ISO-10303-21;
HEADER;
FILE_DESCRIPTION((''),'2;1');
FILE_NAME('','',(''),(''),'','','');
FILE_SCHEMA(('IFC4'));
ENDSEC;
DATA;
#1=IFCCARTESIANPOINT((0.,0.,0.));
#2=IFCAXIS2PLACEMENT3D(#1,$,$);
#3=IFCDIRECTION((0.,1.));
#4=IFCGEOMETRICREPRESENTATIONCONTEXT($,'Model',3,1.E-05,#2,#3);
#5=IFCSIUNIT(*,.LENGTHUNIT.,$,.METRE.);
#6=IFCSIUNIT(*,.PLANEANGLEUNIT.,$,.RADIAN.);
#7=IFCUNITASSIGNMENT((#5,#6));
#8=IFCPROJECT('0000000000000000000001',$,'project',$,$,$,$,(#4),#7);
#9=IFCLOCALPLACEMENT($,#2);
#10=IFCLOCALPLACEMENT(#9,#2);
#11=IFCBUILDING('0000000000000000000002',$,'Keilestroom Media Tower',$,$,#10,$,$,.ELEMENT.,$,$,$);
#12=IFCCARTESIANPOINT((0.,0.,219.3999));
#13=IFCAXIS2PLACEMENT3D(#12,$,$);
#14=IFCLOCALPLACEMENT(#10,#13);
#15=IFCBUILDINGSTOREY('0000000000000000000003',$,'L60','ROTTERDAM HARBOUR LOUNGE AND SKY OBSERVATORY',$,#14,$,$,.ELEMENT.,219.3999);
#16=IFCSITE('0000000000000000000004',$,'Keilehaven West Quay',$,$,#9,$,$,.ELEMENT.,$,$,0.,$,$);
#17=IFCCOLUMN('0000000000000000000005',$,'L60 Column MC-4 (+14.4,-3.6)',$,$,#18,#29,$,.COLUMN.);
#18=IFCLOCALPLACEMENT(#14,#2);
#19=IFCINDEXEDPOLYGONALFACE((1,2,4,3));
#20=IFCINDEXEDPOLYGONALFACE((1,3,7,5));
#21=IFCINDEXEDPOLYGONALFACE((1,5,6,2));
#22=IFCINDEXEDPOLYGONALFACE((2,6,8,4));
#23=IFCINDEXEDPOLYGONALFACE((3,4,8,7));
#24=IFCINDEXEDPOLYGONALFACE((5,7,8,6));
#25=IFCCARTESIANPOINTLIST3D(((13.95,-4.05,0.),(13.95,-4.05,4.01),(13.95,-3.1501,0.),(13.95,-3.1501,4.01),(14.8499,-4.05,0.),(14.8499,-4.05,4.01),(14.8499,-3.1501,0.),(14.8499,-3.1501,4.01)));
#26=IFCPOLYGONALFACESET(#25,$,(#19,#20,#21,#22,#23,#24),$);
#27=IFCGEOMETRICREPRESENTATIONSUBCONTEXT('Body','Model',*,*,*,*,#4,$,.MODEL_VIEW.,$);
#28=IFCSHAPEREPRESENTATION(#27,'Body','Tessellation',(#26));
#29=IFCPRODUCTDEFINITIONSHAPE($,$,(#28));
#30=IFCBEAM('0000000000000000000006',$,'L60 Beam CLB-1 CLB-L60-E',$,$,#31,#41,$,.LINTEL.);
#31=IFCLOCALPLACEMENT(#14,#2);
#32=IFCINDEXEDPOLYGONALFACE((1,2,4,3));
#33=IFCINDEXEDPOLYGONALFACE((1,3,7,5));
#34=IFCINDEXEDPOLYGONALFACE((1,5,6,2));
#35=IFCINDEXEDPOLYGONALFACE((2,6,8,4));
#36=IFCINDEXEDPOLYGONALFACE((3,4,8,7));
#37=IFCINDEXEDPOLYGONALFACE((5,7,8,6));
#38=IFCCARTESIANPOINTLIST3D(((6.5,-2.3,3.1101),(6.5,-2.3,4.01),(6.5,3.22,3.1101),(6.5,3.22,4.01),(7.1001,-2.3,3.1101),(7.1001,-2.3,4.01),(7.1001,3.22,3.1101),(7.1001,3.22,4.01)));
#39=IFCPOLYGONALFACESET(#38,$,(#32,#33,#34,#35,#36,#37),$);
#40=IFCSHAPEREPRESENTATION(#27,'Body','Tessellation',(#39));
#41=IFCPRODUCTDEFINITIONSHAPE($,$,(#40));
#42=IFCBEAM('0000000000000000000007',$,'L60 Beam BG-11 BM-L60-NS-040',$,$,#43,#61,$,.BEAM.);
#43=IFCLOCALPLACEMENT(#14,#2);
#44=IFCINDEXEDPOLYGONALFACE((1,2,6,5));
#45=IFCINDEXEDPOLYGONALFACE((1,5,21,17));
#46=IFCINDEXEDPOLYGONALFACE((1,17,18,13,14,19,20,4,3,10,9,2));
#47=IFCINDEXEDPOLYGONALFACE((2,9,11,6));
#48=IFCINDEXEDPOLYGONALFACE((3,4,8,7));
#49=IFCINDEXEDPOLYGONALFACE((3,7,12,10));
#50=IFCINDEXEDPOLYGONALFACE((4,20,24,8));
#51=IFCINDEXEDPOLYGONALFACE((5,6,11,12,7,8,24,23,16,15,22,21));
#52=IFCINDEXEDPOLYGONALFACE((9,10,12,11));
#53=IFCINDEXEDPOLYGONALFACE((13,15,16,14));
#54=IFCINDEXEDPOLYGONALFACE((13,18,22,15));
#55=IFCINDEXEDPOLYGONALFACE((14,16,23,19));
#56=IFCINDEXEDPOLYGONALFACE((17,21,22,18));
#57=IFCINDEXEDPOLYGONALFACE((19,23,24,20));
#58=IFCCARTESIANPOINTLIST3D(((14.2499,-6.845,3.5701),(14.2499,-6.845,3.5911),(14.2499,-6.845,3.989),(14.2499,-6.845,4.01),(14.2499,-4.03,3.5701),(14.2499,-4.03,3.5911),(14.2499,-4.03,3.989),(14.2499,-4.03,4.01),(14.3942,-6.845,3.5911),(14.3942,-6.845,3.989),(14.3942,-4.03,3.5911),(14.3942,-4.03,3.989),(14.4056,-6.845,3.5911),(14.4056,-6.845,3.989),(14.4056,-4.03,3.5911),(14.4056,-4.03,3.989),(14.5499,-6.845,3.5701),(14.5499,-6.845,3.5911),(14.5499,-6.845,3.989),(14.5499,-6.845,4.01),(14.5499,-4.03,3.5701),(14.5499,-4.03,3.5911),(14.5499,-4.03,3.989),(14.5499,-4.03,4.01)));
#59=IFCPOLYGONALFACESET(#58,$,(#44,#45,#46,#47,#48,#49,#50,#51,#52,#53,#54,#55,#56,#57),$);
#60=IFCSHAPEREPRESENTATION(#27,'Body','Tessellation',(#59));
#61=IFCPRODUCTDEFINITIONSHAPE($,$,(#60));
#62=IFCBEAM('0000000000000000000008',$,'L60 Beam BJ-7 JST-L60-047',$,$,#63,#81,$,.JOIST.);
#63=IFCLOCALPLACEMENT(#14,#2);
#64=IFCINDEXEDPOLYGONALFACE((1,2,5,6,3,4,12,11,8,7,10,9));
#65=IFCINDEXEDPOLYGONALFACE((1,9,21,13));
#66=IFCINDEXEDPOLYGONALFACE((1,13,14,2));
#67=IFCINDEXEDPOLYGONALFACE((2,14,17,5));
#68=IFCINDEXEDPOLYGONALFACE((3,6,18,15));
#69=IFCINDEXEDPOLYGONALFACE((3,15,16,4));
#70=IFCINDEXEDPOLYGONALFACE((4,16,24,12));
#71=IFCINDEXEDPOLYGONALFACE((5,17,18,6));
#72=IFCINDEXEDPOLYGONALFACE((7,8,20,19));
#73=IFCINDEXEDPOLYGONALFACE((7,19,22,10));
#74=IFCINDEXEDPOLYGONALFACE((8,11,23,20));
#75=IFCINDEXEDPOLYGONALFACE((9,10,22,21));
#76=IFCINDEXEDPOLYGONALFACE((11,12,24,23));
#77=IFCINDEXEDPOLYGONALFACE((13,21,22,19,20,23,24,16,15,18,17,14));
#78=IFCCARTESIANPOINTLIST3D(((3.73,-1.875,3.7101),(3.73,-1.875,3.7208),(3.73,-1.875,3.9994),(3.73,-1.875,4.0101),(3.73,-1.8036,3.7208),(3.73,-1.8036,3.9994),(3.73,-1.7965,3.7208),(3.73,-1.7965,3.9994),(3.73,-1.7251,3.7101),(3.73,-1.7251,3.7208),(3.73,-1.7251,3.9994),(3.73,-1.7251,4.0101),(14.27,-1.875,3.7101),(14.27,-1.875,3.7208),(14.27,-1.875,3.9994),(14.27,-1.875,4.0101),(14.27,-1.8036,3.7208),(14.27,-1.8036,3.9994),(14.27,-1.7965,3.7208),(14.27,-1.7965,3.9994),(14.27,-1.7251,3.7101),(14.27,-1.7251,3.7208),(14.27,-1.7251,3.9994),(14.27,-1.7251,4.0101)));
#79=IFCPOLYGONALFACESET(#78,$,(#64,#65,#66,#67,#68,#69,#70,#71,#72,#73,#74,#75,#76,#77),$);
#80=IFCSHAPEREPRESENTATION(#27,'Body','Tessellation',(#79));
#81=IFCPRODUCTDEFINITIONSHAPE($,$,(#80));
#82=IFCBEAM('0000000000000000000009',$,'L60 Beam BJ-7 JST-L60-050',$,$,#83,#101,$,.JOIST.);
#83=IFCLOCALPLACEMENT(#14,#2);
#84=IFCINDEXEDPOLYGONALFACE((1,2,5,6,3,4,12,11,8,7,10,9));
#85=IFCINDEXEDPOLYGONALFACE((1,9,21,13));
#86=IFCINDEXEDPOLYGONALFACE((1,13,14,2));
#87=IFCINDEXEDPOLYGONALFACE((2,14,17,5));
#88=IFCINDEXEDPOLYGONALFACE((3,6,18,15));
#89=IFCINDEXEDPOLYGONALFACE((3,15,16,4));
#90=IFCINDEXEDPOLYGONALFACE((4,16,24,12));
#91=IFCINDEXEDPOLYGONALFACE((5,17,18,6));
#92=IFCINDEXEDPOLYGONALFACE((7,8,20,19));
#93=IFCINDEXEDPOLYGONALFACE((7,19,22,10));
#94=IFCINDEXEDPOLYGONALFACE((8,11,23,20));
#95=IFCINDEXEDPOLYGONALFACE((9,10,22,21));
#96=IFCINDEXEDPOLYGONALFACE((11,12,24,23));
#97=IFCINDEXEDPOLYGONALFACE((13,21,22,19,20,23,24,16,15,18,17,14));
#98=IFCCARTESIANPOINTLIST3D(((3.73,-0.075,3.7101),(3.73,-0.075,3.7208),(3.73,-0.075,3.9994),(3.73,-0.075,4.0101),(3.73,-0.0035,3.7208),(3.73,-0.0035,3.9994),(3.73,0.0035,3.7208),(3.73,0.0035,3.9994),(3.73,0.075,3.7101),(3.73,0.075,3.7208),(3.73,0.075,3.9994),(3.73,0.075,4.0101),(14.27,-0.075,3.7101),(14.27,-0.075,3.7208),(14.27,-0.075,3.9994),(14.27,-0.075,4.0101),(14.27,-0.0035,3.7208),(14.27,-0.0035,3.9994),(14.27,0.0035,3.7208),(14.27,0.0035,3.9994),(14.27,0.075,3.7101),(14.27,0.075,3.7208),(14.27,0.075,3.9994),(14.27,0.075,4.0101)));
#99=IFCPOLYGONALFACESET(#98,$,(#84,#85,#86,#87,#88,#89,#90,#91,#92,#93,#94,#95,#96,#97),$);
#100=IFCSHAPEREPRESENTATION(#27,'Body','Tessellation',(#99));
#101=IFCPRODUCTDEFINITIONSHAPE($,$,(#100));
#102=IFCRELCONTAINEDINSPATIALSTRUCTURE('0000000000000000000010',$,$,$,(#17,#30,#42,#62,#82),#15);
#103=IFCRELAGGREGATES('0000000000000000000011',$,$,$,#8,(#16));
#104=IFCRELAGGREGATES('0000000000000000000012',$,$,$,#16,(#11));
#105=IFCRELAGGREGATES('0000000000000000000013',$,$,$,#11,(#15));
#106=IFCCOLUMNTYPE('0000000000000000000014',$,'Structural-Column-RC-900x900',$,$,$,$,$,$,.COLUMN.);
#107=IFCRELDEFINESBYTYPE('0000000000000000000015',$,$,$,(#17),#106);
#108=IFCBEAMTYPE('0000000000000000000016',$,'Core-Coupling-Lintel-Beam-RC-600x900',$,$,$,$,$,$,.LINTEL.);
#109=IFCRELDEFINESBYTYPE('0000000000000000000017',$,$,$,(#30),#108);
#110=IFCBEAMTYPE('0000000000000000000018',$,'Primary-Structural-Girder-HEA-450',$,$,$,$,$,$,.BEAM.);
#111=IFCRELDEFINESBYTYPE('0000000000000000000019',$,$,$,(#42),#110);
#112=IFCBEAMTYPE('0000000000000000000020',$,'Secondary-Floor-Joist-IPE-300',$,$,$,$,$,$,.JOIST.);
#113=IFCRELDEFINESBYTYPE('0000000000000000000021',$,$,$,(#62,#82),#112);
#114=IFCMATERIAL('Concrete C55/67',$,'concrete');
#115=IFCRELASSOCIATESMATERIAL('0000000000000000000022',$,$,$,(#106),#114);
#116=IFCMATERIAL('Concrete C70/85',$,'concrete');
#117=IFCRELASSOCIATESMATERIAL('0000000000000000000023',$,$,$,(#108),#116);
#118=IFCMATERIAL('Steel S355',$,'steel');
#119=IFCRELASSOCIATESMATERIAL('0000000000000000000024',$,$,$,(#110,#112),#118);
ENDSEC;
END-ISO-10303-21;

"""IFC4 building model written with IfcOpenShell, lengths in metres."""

from ifc_helpers import new_model, si_unit, direction, frame, origin, origin_2d, place, context, subcontext, project, spatial, rectangle, i_section, extrude, source, transform, mapped, material, material_profile, profile_set, type_object, element, save


model = new_model("IFC4")

# Units and contexts
model_context = context("Model", 3, precision=1e-05, world=origin(), true_north=direction((0.0, 1.0)))
body_context = subcontext(model_context, "Body", "Model", "MODEL_VIEW")
ifc_project = project(units=[si_unit("LENGTHUNIT", "METRE"), si_unit("PLANEANGLEUNIT", "RADIAN")], contexts=[model_context])

# Site, building, storey
site_placement = place(None, origin())
site = spatial("IfcSite", under=ifc_project, at=site_placement, Name="Keilehaven West Quay", CompositionType="ELEMENT", RefElevation=0.0)
building_placement = place(site_placement, origin())
building = spatial("IfcBuilding", under=site, at=building_placement, Name="Keilestroom Media Tower", CompositionType="ELEMENT")
storey_placement = place(building_placement, frame((0.0, 0.0, 219.3999)))
storey = spatial("IfcBuildingStorey", under=building, at=storey_placement, Name="L60", Description="ROTTERDAM HARBOUR LOUNGE AND SKY OBSERVATORY", CompositionType="ELEMENT", Elevation=219.3999)

# Column
ifc_material_1 = material(Name="Concrete C55/67", Category="concrete")
ifc_material_profile_1 = material_profile(ifc_material_1, rectangle(XDim=0.8999, YDim=0.8999, at=origin_2d()), Name="RC 900x900")
ifc_profile_set_1 = profile_set([ifc_material_profile_1], Name="Concrete C55/67")
column_type = type_object("IfcColumnType", Name="Structural-Column-RC-900x900", PredefinedType="COLUMN", material=ifc_profile_set_1)
shared_shape_1 = source(origin(), body_context, "Body", "SweptSolid", [
    extrude(rectangle(XDim=0.8999, YDim=0.8999, at=origin_2d()), origin(), (0.0, 0.0, 1.0), 4.01),
])
column_placement = place(storey_placement, frame((14.3999, -3.6001, 0.0), z_axis=(0.0, 0.0, 1.0), x_axis=(1.0, 0.0, 0.0)))
element("IfcColumn", 1, at=column_placement, inside=storey, type_object=column_type, Name="L60 Column MC-4 (+14.4,-3.6)", PredefinedType="COLUMN", context=body_context, shape_type="MappedRepresentation", body=[
    mapped(shared_shape_1, transform((0.0, 0.0, 0.0), x_axis=(1.0, 0.0, 0.0), y_axis=(0.0, 1.0, 0.0), z_axis=(0.0, 0.0, 1.0), scale=1.0)),
])

# Beams
ifc_material_2 = material(Name="Concrete C70/85", Category="concrete")
ifc_material_profile_2 = material_profile(ifc_material_2, rectangle(XDim=0.6001, YDim=0.8999, at=origin_2d()), Name="RC 600x900")
ifc_profile_set_2 = profile_set([ifc_material_profile_2], Name="Concrete C70/85")
beam_type_1 = type_object("IfcBeamType", Name="Core-Coupling-Lintel-Beam-RC-600x900", PredefinedType="LINTEL", material=ifc_profile_set_2)
shared_shape_2 = source(origin(), body_context, "Body", "SweptSolid", [
    extrude(rectangle(XDim=0.6001, YDim=0.8999, at=origin_2d()), origin(), (0.0, 0.0, 1.0), 5.52),
])
beam_1_placement = place(storey_placement, frame((6.8, -2.3, 3.5601), z_axis=(0.0, 1.0, 0.0), x_axis=(-1.0, 0.0, 0.0)))
element("IfcBeam", 2, at=beam_1_placement, inside=storey, type_object=beam_type_1, Name="L60 Beam CLB-1 CLB-L60-E", PredefinedType="LINTEL", context=body_context, shape_type="MappedRepresentation", body=[
    mapped(shared_shape_2, transform((0.0, 0.0, 0.0), x_axis=(1.0, 0.0, 0.0), y_axis=(0.0, 1.0, 0.0), z_axis=(0.0, 0.0, 1.0), scale=1.0)),
])
ifc_material_3 = material(Name="Steel S355", Category="steel")
ifc_material_profile_3 = material_profile(ifc_material_3, i_section(OverallWidth=0.3, OverallDepth=0.4399, WebThickness=0.0115, FlangeThickness=0.021, at=origin_2d()), Name="HEA 450")
ifc_profile_set_3 = profile_set([ifc_material_profile_3], Name="Steel S355")
beam_type_2 = type_object("IfcBeamType", Name="Primary-Structural-Girder-HEA-450", PredefinedType="BEAM", material=ifc_profile_set_3)
shared_shape_3 = source(origin(), body_context, "Body", "SweptSolid", [
    extrude(i_section(OverallWidth=0.3, OverallDepth=0.4399, WebThickness=0.0115, FlangeThickness=0.021, at=origin_2d()), origin(), (0.0, 0.0, 1.0), 2.8149),
])
beam_2_placement = place(storey_placement, frame((14.3999, -6.845, 3.79), z_axis=(0.0, 1.0, 0.0), x_axis=(-1.0, 0.0, 0.0)))
element("IfcBeam", 3, at=beam_2_placement, inside=storey, type_object=beam_type_2, Name="L60 Beam BG-11 BM-L60-NS-040", PredefinedType="BEAM", context=body_context, shape_type="MappedRepresentation", body=[
    mapped(shared_shape_3, transform((0.0, 0.0, 0.0), x_axis=(1.0, 0.0, 0.0), y_axis=(0.0, 1.0, 0.0), z_axis=(0.0, 0.0, 1.0), scale=1.0)),
])
ifc_material_profile_4 = material_profile(ifc_material_3, i_section(OverallWidth=0.1499, OverallDepth=0.3, WebThickness=0.0071, FlangeThickness=0.0107, at=origin_2d()), Name="IPE 300")
ifc_profile_set_4 = profile_set([ifc_material_profile_4], Name="Steel S355")
beam_type_3 = type_object("IfcBeamType", Name="Secondary-Floor-Joist-IPE-300", PredefinedType="JOIST", material=ifc_profile_set_4)
shared_shape_4 = source(origin(), body_context, "Body", "SweptSolid", [
    extrude(i_section(OverallWidth=0.1499, OverallDepth=0.3, WebThickness=0.0071, FlangeThickness=0.0107, at=origin_2d()), origin(), (0.0, 0.0, 1.0), 10.54),
])
for number, where, z_axis, x_axis, name in (
    (4, (3.73, -1.8, 3.8601), (1.0, 0.0, 0.0), (0.0, 1.0, 0.0), "L60 Beam BJ-7 JST-L60-047"),
    (5, (3.73, 0.0, 3.8601), (1.0, 0.0, 0.0), (0.0, 1.0, 0.0), "L60 Beam BJ-7 JST-L60-050"),
):
    element("IfcBeam", number, at=place(storey_placement, frame(where, z_axis=z_axis, x_axis=x_axis)), inside=storey, type_object=beam_type_3, Name=name, PredefinedType="JOIST", context=body_context, shape_type="MappedRepresentation", body=[
        mapped(shared_shape_4, transform((0.0, 0.0, 0.0), x_axis=(1.0, 0.0, 0.0), y_axis=(0.0, 1.0, 0.0), z_axis=(0.0, 0.0, 1.0), scale=1.0)),
    ])

save(model, "model.ifc")
